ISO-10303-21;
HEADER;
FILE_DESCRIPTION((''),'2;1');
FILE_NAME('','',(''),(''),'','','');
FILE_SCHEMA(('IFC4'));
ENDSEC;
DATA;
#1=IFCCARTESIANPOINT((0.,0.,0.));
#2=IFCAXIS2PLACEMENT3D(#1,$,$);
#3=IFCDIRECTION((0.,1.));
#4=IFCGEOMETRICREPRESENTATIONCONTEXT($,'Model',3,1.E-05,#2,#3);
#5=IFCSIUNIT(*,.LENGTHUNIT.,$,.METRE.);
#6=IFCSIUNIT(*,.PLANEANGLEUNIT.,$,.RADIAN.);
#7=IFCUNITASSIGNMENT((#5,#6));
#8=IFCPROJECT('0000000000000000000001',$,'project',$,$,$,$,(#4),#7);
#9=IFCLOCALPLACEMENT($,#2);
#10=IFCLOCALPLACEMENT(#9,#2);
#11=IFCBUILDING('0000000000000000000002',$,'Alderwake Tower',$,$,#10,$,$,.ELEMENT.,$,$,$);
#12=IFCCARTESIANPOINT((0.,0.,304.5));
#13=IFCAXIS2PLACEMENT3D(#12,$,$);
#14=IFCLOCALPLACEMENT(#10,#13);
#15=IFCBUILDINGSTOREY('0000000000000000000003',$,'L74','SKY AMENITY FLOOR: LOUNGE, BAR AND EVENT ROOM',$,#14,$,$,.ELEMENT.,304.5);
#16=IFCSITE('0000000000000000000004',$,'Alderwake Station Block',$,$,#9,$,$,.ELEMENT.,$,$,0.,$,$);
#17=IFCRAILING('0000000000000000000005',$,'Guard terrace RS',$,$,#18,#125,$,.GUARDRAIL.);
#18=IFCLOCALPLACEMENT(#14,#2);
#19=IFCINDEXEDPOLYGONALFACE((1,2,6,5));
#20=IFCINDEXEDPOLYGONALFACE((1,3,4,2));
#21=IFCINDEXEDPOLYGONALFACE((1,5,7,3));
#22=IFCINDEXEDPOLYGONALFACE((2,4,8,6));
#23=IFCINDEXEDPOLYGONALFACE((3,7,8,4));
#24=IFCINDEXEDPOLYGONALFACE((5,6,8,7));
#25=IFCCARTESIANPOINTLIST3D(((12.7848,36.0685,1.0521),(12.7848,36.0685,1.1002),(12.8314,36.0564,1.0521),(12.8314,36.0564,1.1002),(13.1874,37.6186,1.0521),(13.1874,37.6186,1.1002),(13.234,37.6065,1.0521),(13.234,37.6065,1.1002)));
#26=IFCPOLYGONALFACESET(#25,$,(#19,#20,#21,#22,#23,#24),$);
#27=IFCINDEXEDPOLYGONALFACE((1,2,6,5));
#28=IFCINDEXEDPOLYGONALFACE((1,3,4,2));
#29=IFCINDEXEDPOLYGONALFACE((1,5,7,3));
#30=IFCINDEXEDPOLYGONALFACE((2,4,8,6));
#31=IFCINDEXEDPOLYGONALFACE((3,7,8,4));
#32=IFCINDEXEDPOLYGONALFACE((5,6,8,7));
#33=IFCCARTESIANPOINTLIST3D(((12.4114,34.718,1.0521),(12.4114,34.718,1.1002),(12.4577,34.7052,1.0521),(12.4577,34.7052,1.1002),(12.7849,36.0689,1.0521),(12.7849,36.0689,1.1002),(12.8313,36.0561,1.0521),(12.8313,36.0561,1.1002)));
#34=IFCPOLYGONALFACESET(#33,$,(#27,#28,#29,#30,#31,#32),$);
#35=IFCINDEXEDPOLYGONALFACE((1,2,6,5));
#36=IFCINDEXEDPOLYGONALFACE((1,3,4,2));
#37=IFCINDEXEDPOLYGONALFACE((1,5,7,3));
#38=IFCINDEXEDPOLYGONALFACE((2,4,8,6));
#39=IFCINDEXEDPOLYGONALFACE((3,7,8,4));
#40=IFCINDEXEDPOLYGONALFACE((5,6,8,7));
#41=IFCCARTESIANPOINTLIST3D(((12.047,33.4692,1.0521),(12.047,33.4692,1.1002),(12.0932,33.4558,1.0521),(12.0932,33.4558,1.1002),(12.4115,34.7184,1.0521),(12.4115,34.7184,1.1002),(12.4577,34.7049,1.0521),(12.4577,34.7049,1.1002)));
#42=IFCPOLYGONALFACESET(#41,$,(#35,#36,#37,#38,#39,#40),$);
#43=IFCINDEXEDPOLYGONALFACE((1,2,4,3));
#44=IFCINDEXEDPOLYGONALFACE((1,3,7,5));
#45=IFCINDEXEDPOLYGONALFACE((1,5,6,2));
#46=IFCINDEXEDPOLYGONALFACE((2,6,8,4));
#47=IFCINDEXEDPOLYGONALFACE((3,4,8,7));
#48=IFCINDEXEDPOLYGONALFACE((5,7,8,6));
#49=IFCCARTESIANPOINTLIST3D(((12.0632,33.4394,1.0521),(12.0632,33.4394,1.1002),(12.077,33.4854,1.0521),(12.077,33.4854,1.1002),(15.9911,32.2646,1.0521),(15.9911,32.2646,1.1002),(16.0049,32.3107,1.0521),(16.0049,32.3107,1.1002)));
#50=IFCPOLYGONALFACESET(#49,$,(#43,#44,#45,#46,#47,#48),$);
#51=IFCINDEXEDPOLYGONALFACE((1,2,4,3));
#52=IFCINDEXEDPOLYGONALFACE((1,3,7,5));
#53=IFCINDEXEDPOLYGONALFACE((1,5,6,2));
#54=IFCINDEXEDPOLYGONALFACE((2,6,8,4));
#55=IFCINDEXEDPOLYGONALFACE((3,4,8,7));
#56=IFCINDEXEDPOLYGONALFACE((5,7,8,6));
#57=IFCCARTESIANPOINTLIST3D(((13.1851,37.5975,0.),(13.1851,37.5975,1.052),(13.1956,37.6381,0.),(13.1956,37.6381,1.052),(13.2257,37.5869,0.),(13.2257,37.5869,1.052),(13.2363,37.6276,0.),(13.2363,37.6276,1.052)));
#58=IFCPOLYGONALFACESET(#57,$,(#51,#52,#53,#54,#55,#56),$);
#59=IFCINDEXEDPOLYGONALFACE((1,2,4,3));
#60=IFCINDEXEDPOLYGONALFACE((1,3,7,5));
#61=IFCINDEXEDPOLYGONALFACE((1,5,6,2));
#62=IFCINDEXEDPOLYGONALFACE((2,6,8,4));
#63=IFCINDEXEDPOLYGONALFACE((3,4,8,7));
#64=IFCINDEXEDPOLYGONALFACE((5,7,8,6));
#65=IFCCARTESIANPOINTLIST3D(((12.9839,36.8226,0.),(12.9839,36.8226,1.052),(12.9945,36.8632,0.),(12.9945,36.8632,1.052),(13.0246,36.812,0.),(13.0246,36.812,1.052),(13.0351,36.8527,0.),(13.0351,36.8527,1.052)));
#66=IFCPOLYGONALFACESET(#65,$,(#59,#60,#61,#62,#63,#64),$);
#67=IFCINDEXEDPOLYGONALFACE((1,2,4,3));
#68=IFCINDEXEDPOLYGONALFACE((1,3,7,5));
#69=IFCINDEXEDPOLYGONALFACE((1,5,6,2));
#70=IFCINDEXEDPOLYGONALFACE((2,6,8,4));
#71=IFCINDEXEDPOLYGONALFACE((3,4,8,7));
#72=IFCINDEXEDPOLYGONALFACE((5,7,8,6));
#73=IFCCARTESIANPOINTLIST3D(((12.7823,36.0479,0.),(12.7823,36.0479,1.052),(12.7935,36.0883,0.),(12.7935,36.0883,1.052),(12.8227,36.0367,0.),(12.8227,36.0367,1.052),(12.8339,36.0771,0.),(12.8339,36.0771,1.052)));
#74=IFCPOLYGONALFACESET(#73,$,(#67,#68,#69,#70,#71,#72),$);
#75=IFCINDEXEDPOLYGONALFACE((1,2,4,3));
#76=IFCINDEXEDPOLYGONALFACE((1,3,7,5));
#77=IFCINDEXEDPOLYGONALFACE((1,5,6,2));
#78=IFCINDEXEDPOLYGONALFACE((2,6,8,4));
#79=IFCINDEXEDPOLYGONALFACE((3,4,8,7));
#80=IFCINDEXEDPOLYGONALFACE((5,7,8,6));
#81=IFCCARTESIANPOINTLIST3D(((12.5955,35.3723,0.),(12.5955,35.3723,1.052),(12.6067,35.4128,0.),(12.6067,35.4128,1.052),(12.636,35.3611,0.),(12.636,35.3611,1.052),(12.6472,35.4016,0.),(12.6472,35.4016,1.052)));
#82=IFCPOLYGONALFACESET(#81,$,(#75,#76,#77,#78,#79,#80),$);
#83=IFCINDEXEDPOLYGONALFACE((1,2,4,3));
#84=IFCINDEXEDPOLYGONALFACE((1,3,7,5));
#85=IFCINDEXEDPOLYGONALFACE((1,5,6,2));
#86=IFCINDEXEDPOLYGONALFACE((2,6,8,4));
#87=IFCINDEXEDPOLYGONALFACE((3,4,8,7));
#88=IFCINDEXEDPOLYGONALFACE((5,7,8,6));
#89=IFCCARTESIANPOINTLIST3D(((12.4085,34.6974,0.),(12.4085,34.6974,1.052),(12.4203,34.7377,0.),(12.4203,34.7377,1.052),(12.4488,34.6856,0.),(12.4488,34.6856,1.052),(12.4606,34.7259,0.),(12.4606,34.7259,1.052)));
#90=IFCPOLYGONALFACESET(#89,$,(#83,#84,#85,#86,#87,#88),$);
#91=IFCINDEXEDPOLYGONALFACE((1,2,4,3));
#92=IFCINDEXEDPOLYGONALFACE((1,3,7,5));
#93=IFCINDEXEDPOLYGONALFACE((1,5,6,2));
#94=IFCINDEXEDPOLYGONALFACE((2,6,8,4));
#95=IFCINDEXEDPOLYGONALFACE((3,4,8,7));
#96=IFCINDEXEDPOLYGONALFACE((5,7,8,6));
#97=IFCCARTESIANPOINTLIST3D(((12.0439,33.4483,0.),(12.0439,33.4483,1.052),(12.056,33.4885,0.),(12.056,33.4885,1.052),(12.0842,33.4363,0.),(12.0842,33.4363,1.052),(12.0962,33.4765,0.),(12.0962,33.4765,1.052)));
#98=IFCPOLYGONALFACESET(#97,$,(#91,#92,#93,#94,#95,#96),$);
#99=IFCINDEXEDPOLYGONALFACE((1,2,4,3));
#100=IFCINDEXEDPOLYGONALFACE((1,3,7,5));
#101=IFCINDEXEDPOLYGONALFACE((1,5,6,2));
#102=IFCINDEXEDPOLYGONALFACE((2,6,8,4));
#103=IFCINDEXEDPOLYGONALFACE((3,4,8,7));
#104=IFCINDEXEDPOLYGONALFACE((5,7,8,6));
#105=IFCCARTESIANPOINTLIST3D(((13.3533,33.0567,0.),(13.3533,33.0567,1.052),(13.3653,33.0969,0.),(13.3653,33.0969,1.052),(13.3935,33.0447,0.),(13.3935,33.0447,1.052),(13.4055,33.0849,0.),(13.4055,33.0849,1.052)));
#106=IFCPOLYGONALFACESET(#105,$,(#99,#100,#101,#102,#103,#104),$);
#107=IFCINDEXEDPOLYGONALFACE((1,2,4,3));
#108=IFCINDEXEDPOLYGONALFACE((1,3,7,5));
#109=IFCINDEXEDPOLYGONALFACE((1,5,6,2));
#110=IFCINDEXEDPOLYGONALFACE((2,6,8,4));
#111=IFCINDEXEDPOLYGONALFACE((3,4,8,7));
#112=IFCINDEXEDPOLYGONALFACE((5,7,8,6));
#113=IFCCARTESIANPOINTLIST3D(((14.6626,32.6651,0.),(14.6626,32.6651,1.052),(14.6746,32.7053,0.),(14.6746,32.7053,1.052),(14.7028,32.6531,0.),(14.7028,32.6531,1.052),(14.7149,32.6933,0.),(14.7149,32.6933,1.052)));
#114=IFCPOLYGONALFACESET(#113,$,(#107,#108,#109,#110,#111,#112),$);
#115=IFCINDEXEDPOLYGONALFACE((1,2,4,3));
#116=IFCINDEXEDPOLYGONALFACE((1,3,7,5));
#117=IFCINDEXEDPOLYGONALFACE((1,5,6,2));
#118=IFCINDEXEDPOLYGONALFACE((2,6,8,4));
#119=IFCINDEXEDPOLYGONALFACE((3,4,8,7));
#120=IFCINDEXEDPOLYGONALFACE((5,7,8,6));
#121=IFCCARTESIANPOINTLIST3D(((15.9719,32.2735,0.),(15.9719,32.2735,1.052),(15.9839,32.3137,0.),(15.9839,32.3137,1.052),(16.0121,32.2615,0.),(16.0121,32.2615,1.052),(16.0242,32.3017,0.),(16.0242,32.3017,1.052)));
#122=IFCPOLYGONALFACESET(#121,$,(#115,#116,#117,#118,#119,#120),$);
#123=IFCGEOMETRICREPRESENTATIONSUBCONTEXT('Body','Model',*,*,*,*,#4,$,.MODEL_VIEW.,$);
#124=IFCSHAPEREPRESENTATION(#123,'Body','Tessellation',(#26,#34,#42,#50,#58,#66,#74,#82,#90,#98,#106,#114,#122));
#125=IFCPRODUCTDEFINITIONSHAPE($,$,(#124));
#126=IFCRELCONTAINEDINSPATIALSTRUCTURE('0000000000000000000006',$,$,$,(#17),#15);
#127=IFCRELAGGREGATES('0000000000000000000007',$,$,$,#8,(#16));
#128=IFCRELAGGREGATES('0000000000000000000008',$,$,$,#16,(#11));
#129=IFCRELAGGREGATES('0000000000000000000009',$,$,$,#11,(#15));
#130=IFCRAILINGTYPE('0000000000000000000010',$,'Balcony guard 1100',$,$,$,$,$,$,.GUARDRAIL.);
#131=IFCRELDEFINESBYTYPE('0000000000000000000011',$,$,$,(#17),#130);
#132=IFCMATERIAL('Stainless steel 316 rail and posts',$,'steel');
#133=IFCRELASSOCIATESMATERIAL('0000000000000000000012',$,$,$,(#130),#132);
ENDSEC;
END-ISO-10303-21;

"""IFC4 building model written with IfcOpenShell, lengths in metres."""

from ifc_helpers import new_model, si_unit, direction, frame, origin, origin_2d, place, context, subcontext, project, spatial, rectangle, extrude, material, type_object, element, save


model = new_model("IFC4")

# Units and contexts
model_context = context("Model", 3, precision=1e-05, world=origin(), true_north=direction((0.0, 1.0)))
body_context = subcontext(model_context, "Body", "Model", "MODEL_VIEW")
ifc_project = project(units=[si_unit("LENGTHUNIT", "METRE"), si_unit("PLANEANGLEUNIT", "RADIAN")], contexts=[model_context])

# Site, building, storey
site_placement = place(None, origin())
site = spatial("IfcSite", under=ifc_project, at=site_placement, Name="Alderwake Station Block", CompositionType="ELEMENT", RefElevation=0.0)
building_placement = place(site_placement, origin())
building = spatial("IfcBuilding", under=site, at=building_placement, Name="Alderwake Tower", CompositionType="ELEMENT")
storey_placement = place(building_placement, frame((0.0, 0.0, 304.5)))
storey = spatial("IfcBuildingStorey", under=building, at=storey_placement, Name="L74", Description="SKY AMENITY FLOOR: LOUNGE, BAR AND EVENT ROOM", CompositionType="ELEMENT", Elevation=304.5)

# Railing
ifc_material_1 = material(Name="Stainless steel 316 rail and posts", Category="steel")
railing_type = type_object("IfcRailingType", Name="Balcony guard 1100", PredefinedType="GUARDRAIL", material=ifc_material_1)
railing_placement = place(storey_placement, frame((13.2107, 37.6125, 0.0)))
element("IfcRailing", 1, at=railing_placement, inside=storey, type_object=railing_type, Name="Guard terrace RS", PredefinedType="GUARDRAIL", context=body_context, shape_type="SweptSolid", body=[
    extrude(rectangle(XDim=0.0481, YDim=0.0481, at=origin_2d()), frame((0.0, 0.0, 1.0762), z_axis=(-0.251385, -0.967887, 0.0), x_axis=(0.967887, -0.251385, 0.0)), (0.0, 0.0, 1.0), 1.6016),
    extrude(rectangle(XDim=0.0481, YDim=0.0481, at=origin_2d()), frame((-0.4026, -1.55, 1.0762), z_axis=(-0.266521, -0.963829, 0.0), x_axis=(0.963829, -0.266521, 0.0)), (0.0, 0.0, 1.0), 1.4016),
    extrude(rectangle(XDim=0.0481, YDim=0.0481, at=origin_2d()), frame((-0.7761, -2.9009, 1.0762), z_axis=(-0.280094, -0.959973, 0.0), x_axis=(0.959973, -0.280094, 0.0)), (0.0, 0.0, 1.0), 1.3013),
    extrude(rectangle(XDim=0.0481, YDim=0.0481, at=origin_2d()), frame((-1.1406, -4.1501, 1.0762), z_axis=(0.958067, -0.286545, 0.0), x_axis=(0.286545, 0.958067, 0.0)), (0.0, 0.0, 1.0), 4.0999),
    extrude(rectangle(XDim=0.042, YDim=0.042, at=origin_2d()), frame((0.0, 0.0, 0.0), z_axis=(0.0, 0.0, 1.0), x_axis=(-0.251385, -0.967887, 0.0)), (0.0, 0.0, 1.0), 1.052),
    extrude(rectangle(XDim=0.042, YDim=0.042, at=origin_2d()), frame((-0.2012, -0.7749, 0.0), z_axis=(0.0, 0.0, 1.0), x_axis=(-0.251385, -0.967887, 0.0)), (0.0, 0.0, 1.0), 1.052),
    extrude(rectangle(XDim=0.042, YDim=0.042, at=origin_2d()), frame((-0.4026, -1.55, 0.0), z_axis=(0.0, 0.0, 1.0), x_axis=(-0.266521, -0.963829, 0.0)), (0.0, 0.0, 1.0), 1.052),
    extrude(rectangle(XDim=0.042, YDim=0.042, at=origin_2d()), frame((-0.5894, -2.2256, 0.0), z_axis=(0.0, 0.0, 1.0), x_axis=(-0.266521, -0.963829, 0.0)), (0.0, 0.0, 1.0), 1.052),
    extrude(rectangle(XDim=0.042, YDim=0.042, at=origin_2d()), frame((-0.7761, -2.9009, 0.0), z_axis=(0.0, 0.0, 1.0), x_axis=(-0.280094, -0.959973, 0.0)), (0.0, 0.0, 1.0), 1.052),
    extrude(rectangle(XDim=0.042, YDim=0.042, at=origin_2d()), frame((-1.1406, -4.1501, 0.0), z_axis=(0.0, 0.0, 1.0), x_axis=(0.958067, -0.286545, 0.0)), (0.0, 0.0, 1.0), 1.052),
    extrude(rectangle(XDim=0.042, YDim=0.042, at=origin_2d()), frame((0.1687, -4.5417, 0.0), z_axis=(0.0, 0.0, 1.0), x_axis=(0.958067, -0.286545, 0.0)), (0.0, 0.0, 1.0), 1.052),
    extrude(rectangle(XDim=0.042, YDim=0.042, at=origin_2d()), frame((1.478, -4.9333, 0.0), z_axis=(0.0, 0.0, 1.0), x_axis=(0.958067, -0.286545, 0.0)), (0.0, 0.0, 1.0), 1.052),
    extrude(rectangle(XDim=0.042, YDim=0.042, at=origin_2d()), frame((2.7874, -5.325, 0.0), z_axis=(0.0, 0.0, 1.0), x_axis=(0.958067, -0.286545, 0.0)), (0.0, 0.0, 1.0), 1.052),
])

save(model, "model.ifc")
